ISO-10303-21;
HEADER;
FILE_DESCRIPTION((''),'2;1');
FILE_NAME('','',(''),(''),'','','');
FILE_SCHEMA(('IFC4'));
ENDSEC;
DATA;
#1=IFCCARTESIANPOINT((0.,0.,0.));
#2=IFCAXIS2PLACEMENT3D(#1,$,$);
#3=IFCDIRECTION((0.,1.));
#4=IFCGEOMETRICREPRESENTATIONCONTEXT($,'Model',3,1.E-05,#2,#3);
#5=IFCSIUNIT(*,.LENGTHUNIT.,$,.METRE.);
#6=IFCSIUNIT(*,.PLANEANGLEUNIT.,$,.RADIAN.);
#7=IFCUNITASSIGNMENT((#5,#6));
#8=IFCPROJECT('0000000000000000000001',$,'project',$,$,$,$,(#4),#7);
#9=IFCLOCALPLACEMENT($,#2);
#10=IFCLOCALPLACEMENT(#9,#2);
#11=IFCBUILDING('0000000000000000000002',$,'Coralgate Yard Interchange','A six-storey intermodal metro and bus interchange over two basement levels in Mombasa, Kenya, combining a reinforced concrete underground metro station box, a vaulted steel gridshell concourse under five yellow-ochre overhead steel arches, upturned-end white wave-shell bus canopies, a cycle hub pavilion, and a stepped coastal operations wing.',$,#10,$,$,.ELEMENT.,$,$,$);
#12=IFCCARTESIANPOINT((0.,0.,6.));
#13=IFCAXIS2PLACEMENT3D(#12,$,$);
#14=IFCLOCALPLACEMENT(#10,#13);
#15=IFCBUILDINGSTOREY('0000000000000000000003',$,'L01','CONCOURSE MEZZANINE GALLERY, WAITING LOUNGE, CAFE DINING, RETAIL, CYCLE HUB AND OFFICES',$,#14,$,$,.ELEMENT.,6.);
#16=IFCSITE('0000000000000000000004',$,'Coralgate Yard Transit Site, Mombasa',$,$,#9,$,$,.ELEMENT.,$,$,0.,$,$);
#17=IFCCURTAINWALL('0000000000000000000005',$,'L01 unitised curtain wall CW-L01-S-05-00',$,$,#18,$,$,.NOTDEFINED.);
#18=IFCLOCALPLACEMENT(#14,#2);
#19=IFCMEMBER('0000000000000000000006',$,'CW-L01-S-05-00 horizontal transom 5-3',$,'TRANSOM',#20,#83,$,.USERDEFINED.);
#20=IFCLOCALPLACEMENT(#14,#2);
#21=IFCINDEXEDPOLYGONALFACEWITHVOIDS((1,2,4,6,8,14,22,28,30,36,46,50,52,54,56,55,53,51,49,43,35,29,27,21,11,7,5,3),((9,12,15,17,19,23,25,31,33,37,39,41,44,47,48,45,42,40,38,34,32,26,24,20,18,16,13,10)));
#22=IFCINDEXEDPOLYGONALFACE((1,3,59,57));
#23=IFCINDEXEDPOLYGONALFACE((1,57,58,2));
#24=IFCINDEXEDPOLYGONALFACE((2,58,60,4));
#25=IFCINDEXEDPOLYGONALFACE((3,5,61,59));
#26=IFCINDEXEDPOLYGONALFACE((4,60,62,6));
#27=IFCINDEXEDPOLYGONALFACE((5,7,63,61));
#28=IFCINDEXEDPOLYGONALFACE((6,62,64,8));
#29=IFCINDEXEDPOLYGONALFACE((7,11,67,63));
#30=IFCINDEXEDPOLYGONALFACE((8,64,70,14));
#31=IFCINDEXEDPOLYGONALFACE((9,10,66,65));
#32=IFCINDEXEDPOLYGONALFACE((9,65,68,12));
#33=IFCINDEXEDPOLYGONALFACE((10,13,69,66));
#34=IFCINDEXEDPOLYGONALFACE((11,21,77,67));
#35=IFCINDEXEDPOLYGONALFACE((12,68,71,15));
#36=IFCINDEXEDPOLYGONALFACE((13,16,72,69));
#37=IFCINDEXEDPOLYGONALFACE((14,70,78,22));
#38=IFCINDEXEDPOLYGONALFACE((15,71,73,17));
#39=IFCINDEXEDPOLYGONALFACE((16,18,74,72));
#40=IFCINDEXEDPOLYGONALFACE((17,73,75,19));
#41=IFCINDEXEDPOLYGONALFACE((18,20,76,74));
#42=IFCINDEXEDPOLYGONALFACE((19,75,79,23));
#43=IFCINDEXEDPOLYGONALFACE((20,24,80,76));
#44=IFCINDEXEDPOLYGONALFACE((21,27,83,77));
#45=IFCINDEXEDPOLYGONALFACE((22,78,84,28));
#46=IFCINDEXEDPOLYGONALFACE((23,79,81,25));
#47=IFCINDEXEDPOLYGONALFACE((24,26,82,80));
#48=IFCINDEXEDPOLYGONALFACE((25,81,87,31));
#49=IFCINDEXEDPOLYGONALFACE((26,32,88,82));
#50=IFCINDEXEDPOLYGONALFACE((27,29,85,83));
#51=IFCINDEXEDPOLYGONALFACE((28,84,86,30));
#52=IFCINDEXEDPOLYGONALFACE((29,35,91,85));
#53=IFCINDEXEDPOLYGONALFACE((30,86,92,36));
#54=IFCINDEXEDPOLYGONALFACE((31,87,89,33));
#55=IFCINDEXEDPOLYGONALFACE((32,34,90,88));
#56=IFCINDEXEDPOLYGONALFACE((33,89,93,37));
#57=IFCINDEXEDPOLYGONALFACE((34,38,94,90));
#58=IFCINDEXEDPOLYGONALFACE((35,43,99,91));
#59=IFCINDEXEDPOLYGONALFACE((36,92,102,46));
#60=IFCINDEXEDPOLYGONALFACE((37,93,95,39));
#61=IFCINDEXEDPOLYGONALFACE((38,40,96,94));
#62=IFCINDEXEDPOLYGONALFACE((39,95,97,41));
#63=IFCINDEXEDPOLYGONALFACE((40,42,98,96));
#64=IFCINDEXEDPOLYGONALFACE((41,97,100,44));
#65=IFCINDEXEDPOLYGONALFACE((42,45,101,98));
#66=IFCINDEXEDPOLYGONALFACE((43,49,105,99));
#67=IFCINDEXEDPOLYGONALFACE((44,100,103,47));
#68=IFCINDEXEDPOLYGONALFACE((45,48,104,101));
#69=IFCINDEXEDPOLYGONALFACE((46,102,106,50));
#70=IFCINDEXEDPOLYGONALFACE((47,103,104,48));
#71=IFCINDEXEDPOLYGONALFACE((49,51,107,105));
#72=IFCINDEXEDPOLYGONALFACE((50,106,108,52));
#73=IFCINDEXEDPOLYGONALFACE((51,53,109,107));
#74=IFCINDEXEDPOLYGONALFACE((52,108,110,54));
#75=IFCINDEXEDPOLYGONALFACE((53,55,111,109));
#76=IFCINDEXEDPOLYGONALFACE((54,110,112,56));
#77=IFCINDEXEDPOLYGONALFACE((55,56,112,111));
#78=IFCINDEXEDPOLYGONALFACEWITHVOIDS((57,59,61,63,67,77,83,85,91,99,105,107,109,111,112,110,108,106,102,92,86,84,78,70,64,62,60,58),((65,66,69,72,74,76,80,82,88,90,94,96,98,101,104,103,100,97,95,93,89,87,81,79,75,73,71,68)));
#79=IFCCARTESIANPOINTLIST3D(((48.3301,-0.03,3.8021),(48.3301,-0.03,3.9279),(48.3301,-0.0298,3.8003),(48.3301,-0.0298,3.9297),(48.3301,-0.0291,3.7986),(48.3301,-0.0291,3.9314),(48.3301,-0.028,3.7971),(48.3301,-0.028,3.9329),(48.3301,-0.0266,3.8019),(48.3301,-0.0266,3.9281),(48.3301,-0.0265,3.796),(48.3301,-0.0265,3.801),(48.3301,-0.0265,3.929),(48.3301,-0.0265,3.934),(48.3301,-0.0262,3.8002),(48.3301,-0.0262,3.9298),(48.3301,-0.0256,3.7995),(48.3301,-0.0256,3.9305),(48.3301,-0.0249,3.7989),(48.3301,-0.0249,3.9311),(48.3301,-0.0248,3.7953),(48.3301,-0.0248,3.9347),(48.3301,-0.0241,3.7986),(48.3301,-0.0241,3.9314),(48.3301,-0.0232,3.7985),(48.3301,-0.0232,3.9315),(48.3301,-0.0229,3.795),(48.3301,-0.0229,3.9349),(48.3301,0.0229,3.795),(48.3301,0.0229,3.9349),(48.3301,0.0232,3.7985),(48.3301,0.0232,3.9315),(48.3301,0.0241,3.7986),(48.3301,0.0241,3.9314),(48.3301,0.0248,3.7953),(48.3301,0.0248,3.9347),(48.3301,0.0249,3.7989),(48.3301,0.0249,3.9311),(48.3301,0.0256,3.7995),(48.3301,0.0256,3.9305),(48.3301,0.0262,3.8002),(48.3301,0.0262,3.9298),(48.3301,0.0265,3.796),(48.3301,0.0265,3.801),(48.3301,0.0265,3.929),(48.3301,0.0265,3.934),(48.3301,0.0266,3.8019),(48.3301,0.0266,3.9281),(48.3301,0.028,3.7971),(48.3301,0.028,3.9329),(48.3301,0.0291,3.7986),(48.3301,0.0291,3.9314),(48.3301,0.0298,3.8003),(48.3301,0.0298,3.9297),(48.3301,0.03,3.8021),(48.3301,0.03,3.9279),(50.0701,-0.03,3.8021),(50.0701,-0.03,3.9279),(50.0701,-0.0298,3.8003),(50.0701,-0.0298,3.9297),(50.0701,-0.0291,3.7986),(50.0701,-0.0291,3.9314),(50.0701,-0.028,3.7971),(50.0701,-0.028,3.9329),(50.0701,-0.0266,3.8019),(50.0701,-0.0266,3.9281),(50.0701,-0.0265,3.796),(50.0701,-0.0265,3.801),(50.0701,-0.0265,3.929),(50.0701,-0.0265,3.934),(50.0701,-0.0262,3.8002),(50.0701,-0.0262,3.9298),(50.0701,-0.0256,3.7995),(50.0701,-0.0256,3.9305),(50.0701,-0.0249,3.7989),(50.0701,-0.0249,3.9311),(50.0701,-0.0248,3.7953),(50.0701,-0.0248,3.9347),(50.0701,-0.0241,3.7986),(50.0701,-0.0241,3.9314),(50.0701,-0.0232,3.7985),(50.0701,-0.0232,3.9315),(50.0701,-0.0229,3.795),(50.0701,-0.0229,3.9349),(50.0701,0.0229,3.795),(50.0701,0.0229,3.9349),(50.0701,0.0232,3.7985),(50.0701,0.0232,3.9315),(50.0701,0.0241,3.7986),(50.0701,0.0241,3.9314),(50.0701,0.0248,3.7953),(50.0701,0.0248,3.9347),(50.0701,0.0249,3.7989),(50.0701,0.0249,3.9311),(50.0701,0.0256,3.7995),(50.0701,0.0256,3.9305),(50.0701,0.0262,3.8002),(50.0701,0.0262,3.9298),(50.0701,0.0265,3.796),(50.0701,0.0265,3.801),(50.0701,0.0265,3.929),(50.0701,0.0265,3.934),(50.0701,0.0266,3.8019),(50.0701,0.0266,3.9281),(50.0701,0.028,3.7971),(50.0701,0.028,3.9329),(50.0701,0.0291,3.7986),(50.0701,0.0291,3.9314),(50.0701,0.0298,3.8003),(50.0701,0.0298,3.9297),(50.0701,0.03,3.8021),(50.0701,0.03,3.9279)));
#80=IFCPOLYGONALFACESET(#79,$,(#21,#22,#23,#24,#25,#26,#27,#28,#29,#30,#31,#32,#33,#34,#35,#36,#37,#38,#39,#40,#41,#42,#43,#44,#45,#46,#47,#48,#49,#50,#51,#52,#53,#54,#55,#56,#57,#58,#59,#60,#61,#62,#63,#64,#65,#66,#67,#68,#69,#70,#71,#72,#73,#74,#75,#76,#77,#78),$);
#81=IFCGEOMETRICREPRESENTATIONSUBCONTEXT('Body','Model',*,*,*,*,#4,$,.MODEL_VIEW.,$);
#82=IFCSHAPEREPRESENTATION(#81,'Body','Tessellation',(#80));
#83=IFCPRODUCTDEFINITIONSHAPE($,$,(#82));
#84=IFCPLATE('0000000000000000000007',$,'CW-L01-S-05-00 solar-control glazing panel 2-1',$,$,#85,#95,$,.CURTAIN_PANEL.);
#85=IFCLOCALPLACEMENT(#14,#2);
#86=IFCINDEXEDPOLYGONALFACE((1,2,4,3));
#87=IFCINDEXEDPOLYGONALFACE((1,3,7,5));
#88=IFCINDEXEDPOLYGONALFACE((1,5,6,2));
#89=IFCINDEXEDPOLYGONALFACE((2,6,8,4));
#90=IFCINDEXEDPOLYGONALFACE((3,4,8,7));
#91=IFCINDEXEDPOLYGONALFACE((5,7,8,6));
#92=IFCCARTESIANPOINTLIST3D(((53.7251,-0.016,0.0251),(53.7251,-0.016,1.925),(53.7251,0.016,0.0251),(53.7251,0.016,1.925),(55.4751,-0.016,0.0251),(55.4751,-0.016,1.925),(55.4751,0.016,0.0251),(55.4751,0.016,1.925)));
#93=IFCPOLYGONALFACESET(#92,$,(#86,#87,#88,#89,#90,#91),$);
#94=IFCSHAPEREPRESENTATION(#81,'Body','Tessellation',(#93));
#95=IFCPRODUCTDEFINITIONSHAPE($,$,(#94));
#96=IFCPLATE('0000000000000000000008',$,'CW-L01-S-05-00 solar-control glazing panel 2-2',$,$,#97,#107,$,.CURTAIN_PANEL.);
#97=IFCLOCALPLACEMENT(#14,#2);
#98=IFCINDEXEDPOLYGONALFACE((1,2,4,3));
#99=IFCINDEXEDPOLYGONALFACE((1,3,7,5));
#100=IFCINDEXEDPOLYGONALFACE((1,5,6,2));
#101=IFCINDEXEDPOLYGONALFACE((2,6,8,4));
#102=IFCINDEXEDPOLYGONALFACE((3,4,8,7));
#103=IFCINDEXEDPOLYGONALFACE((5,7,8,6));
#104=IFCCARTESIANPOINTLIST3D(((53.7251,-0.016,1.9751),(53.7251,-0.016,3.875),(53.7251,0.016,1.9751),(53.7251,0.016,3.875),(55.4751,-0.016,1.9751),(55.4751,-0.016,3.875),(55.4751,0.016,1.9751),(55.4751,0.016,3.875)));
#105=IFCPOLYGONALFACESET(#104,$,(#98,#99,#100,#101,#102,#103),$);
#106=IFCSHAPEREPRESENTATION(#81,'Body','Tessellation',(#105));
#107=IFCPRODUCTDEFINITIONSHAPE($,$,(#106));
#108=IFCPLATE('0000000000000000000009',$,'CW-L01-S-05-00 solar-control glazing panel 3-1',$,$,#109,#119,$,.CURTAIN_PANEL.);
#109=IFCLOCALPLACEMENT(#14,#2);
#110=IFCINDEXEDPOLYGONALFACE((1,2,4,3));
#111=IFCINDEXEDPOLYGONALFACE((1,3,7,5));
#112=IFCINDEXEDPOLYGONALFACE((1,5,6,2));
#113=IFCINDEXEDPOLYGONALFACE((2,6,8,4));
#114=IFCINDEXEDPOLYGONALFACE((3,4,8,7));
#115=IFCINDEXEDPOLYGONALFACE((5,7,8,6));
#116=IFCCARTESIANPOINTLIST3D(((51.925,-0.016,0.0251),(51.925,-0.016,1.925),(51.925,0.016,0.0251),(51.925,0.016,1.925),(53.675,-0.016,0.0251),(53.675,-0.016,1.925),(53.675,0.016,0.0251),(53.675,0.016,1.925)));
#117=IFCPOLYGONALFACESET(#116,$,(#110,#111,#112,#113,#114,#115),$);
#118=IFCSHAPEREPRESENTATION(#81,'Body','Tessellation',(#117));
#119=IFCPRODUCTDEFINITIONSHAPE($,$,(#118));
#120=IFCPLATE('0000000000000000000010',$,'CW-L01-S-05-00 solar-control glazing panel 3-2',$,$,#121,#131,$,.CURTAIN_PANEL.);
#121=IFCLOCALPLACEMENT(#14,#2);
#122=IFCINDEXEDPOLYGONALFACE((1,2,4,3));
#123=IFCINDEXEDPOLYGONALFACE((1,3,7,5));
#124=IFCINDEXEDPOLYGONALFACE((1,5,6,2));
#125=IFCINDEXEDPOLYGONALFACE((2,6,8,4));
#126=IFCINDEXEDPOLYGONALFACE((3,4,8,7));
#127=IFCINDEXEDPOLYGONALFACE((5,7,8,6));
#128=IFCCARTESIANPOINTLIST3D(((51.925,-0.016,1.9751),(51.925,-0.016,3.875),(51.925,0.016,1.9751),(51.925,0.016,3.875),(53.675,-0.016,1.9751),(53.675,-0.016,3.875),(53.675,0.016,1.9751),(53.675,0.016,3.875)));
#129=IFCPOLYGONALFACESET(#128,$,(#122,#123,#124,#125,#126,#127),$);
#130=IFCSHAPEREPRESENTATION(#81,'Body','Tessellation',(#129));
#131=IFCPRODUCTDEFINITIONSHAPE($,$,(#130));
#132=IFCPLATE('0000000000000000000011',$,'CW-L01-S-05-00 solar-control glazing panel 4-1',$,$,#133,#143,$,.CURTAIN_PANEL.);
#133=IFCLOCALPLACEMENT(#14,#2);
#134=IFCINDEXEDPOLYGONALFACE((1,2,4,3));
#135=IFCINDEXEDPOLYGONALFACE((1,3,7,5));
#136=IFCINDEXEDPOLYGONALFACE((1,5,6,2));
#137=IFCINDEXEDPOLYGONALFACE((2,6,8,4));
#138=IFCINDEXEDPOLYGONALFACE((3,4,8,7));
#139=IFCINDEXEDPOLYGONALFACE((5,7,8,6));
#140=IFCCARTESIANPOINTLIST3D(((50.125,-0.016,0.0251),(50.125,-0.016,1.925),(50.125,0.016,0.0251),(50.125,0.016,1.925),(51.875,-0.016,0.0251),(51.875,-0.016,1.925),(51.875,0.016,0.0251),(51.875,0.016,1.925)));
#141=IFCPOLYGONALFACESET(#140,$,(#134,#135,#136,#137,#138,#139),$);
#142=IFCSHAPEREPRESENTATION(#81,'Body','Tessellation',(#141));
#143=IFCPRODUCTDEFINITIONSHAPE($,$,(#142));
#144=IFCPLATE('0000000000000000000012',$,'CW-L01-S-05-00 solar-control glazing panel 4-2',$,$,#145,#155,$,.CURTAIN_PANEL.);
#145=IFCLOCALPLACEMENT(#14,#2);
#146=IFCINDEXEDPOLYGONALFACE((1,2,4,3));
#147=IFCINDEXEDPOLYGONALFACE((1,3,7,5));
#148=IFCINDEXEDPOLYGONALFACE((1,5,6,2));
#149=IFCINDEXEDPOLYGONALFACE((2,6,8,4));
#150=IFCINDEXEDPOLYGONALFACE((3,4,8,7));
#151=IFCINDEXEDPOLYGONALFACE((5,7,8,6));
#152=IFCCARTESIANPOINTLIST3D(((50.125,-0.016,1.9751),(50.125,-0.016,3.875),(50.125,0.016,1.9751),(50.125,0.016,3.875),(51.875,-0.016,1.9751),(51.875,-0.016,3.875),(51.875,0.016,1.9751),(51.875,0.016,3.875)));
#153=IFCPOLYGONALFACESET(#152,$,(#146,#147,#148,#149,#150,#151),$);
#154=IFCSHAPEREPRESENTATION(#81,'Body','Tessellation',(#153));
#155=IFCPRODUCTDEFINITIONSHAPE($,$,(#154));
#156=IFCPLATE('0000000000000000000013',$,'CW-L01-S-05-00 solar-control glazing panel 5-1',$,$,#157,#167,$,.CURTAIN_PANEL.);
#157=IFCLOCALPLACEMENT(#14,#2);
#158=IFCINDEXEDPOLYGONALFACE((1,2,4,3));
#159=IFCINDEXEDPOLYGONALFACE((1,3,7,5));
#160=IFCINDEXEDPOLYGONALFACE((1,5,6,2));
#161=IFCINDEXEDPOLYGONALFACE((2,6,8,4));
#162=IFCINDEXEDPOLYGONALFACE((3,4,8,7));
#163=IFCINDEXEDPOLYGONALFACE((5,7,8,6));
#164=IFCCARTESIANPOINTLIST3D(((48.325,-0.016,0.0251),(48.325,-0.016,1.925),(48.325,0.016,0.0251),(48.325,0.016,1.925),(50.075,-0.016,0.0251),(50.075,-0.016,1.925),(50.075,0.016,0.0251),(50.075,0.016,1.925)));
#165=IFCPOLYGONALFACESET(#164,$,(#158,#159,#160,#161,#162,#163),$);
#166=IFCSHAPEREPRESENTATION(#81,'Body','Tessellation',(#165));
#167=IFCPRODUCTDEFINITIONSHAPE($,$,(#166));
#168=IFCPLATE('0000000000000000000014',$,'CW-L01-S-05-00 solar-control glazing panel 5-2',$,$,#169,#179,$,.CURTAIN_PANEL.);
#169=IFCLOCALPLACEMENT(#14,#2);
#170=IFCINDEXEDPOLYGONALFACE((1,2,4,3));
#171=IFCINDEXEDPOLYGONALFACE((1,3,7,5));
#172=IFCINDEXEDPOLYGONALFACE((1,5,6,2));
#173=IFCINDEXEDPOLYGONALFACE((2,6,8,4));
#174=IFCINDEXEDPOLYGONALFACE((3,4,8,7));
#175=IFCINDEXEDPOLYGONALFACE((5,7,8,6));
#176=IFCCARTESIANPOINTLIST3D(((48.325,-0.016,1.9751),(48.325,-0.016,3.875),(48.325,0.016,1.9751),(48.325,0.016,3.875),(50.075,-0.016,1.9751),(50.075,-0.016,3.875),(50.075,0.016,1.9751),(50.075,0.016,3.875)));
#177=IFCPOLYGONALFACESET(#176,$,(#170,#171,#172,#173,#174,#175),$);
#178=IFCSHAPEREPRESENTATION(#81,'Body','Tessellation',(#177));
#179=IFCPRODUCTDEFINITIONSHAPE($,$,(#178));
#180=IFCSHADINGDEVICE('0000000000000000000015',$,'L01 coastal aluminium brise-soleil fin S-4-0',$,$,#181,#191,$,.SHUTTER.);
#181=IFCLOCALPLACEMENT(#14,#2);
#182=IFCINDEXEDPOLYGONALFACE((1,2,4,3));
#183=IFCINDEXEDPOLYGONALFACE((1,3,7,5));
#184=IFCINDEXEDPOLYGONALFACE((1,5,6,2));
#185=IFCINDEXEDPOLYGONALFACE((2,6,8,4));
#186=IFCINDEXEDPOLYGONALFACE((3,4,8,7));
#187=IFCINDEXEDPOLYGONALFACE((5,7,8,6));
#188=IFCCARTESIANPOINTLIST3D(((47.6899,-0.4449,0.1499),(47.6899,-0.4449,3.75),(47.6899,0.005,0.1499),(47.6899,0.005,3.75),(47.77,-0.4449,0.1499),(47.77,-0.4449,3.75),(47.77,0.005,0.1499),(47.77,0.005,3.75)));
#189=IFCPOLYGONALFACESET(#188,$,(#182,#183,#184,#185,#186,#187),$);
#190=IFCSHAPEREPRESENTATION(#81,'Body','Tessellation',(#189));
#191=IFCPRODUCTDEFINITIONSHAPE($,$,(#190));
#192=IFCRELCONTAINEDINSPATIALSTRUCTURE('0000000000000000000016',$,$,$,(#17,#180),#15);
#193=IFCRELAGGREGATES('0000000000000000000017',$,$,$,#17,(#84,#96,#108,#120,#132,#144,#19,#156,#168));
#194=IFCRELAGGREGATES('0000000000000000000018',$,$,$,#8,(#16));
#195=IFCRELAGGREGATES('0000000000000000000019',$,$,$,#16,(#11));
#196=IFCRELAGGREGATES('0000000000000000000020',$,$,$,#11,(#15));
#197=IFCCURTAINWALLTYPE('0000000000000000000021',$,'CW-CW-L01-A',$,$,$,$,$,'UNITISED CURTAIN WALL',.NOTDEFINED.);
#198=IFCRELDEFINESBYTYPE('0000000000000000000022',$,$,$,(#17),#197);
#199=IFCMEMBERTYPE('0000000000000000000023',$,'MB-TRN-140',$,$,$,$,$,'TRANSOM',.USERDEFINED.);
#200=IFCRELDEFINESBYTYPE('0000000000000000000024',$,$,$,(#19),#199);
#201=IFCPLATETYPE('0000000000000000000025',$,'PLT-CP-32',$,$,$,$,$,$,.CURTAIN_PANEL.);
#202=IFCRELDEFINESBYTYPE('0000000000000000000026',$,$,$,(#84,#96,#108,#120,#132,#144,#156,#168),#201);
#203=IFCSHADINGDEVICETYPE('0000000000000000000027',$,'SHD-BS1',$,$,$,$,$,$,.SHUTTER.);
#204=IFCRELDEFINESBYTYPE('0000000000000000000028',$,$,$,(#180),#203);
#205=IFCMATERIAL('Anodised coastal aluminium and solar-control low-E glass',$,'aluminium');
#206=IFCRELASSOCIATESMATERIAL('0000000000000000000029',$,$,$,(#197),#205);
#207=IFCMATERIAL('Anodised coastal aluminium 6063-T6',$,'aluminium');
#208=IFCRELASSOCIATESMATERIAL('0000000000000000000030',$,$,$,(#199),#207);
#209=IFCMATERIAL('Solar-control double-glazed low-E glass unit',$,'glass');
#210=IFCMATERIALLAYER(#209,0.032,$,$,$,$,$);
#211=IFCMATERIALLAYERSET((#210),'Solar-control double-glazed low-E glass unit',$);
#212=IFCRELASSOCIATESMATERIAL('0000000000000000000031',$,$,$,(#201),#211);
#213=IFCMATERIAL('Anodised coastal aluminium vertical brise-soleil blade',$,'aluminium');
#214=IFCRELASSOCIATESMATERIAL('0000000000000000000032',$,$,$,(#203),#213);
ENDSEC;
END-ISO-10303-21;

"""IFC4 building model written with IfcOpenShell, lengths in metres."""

from ifc_helpers import new_model, si_unit, direction, frame, origin, origin_2d, place, context, subcontext, project, spatial, rectangle, hollow_rectangle, extrude, material, layer, layer_set, material_profile, profile_set, type_object, element, aggregate, save


model = new_model("IFC4")

# Units and contexts
model_context = context("Model", 3, precision=1e-05, world=origin(), true_north=direction((0.0, 1.0)))
body_context = subcontext(model_context, "Body", "Model", "MODEL_VIEW")
ifc_project = project(units=[si_unit("LENGTHUNIT", "METRE"), si_unit("PLANEANGLEUNIT", "RADIAN")], contexts=[model_context])

# Site, building, storey
site_placement = place(None, origin())
site = spatial("IfcSite", under=ifc_project, at=site_placement, Name="Coralgate Yard Transit Site, Mombasa", CompositionType="ELEMENT", RefElevation=0.0)
building_placement = place(site_placement, origin())
building = spatial("IfcBuilding", under=site, at=building_placement, Name="Coralgate Yard Interchange", Description="A six-storey intermodal metro and bus interchange over two basement levels in Mombasa, Kenya, combining a reinforced concrete underground metro station box, a vaulted steel gridshell concourse under five yellow-ochre overhead steel arches, upturned-end white wave-shell bus canopies, a cycle hub pavilion, and a stepped coastal operations wing.", CompositionType="ELEMENT")
storey_placement = place(building_placement, frame((0.0, 0.0, 6.0)))
storey = spatial("IfcBuildingStorey", under=building, at=storey_placement, Name="L01", Description="CONCOURSE MEZZANINE GALLERY, WAITING LOUNGE, CAFE DINING, RETAIL, CYCLE HUB AND OFFICES", CompositionType="ELEMENT", Elevation=6.0)

# Curtain wall, member, plates
ifc_material_1 = material(Name="Anodised coastal aluminium and solar-control low-E glass", Category="aluminium")
curtain_wall_type = type_object("IfcCurtainWallType", Name="CW-CW-L01-A", ElementType="UNITISED CURTAIN WALL", PredefinedType="NOTDEFINED", material=ifc_material_1)
curtain_wall_placement = place(storey_placement, origin())
curtain_wall = element("IfcCurtainWall", 1, at=curtain_wall_placement, inside=storey, type_object=curtain_wall_type, Name="L01 unitised curtain wall CW-L01-S-05-00", PredefinedType="NOTDEFINED")
ifc_material_2 = material(Name="Anodised coastal aluminium 6063-T6", Category="aluminium")
ifc_material_profile_1 = material_profile(ifc_material_2, hollow_rectangle(XDim=0.0601, YDim=0.1399, WallThickness=0.0034, InnerFilletRadius=0.0034, OuterFilletRadius=0.0071, at=origin_2d()), Name="ALU 60x140x3.5")
ifc_profile_set_1 = profile_set([ifc_material_profile_1], Name="Anodised coastal aluminium 6063-T6")
member_type_1 = type_object("IfcMemberType", Name="MB-TRN-140", ElementType="TRANSOM", PredefinedType="USERDEFINED", material=ifc_profile_set_1)
member_1_placement = place(storey_placement, frame((50.0701, 0.0, 3.865), z_axis=(-1.0, 0.0, 0.0), x_axis=(0.0, -1.0, 0.0)))
member_1 = element("IfcMember", 2, at=member_1_placement, type_object=member_type_1, Name="CW-L01-S-05-00 horizontal transom 5-3", ObjectType="TRANSOM", PredefinedType="USERDEFINED", context=body_context, shape_type="SweptSolid", body=[
    extrude(hollow_rectangle(XDim=0.0601, YDim=0.1399, WallThickness=0.0034, InnerFilletRadius=0.0034, OuterFilletRadius=0.0071, at=origin_2d()), origin(), (0.0, 0.0, 1.0), 1.74),
])
ifc_material_3 = material(Name="Solar-control double-glazed low-E glass unit", Category="glass")
ifc_layer = layer(ifc_material_3, 0.032)
ifc_layer_set = layer_set([ifc_layer], Name="Solar-control double-glazed low-E glass unit")
plate_type = type_object("IfcPlateType", Name="PLT-CP-32", PredefinedType="CURTAIN_PANEL", material=ifc_layer_set)
plate_1_placement = place(storey_placement, frame((54.6001, 0.0, 0.0251), z_axis=(0.0, 0.0, 1.0), x_axis=(-1.0, 0.0, 0.0)))
plate_1 = element("IfcPlate", 3, at=plate_1_placement, type_object=plate_type, Name="CW-L01-S-05-00 solar-control glazing panel 2-1", PredefinedType="CURTAIN_PANEL", context=body_context, shape_type="SweptSolid", body=[
    extrude(rectangle(XDim=1.75, YDim=0.032, at=origin_2d()), origin(), (0.0, 0.0, 1.0), 1.8999),
])
plate_2_placement = place(storey_placement, frame((54.6001, 0.0, 1.9751), z_axis=(0.0, 0.0, 1.0), x_axis=(-1.0, 0.0, 0.0)))
plate_2 = element("IfcPlate", 4, at=plate_2_placement, type_object=plate_type, Name="CW-L01-S-05-00 solar-control glazing panel 2-2", PredefinedType="CURTAIN_PANEL", context=body_context, shape_type="SweptSolid", body=[
    extrude(rectangle(XDim=1.75, YDim=0.032, at=origin_2d()), origin(), (0.0, 0.0, 1.0), 1.8999),
])
plate_3_placement = place(storey_placement, frame((52.8, 0.0, 0.0251), z_axis=(0.0, 0.0, 1.0), x_axis=(-1.0, 0.0, 0.0)))
plate_3 = element("IfcPlate", 5, at=plate_3_placement, type_object=plate_type, Name="CW-L01-S-05-00 solar-control glazing panel 3-1", PredefinedType="CURTAIN_PANEL", context=body_context, shape_type="SweptSolid", body=[
    extrude(rectangle(XDim=1.75, YDim=0.032, at=origin_2d()), origin(), (0.0, 0.0, 1.0), 1.8999),
])
plate_4_placement = place(storey_placement, frame((52.8, 0.0, 1.9751), z_axis=(0.0, 0.0, 1.0), x_axis=(-1.0, 0.0, 0.0)))
plate_4 = element("IfcPlate", 6, at=plate_4_placement, type_object=plate_type, Name="CW-L01-S-05-00 solar-control glazing panel 3-2", PredefinedType="CURTAIN_PANEL", context=body_context, shape_type="SweptSolid", body=[
    extrude(rectangle(XDim=1.75, YDim=0.032, at=origin_2d()), origin(), (0.0, 0.0, 1.0), 1.8999),
])
plate_5_placement = place(storey_placement, frame((51.0, 0.0, 0.0251), z_axis=(0.0, 0.0, 1.0), x_axis=(-1.0, 0.0, 0.0)))
plate_5 = element("IfcPlate", 7, at=plate_5_placement, type_object=plate_type, Name="CW-L01-S-05-00 solar-control glazing panel 4-1", PredefinedType="CURTAIN_PANEL", context=body_context, shape_type="SweptSolid", body=[
    extrude(rectangle(XDim=1.75, YDim=0.032, at=origin_2d()), origin(), (0.0, 0.0, 1.0), 1.8999),
])
plate_6_placement = place(storey_placement, frame((51.0, 0.0, 1.9751), z_axis=(0.0, 0.0, 1.0), x_axis=(-1.0, 0.0, 0.0)))
plate_6 = element("IfcPlate", 8, at=plate_6_placement, type_object=plate_type, Name="CW-L01-S-05-00 solar-control glazing panel 4-2", PredefinedType="CURTAIN_PANEL", context=body_context, shape_type="SweptSolid", body=[
    extrude(rectangle(XDim=1.75, YDim=0.032, at=origin_2d()), origin(), (0.0, 0.0, 1.0), 1.8999),
])
plate_7_placement = place(storey_placement, frame((49.2, 0.0, 0.0251), z_axis=(0.0, 0.0, 1.0), x_axis=(-1.0, 0.0, 0.0)))
plate_7 = element("IfcPlate", 9, at=plate_7_placement, type_object=plate_type, Name="CW-L01-S-05-00 solar-control glazing panel 5-1", PredefinedType="CURTAIN_PANEL", context=body_context, shape_type="SweptSolid", body=[
    extrude(rectangle(XDim=1.75, YDim=0.032, at=origin_2d()), origin(), (0.0, 0.0, 1.0), 1.8999),
])
plate_8_placement = place(storey_placement, frame((49.2, 0.0, 1.9751), z_axis=(0.0, 0.0, 1.0), x_axis=(-1.0, 0.0, 0.0)))
plate_8 = element("IfcPlate", 10, at=plate_8_placement, type_object=plate_type, Name="CW-L01-S-05-00 solar-control glazing panel 5-2", PredefinedType="CURTAIN_PANEL", context=body_context, shape_type="SweptSolid", body=[
    extrude(rectangle(XDim=1.75, YDim=0.032, at=origin_2d()), origin(), (0.0, 0.0, 1.0), 1.8999),
])
aggregate(curtain_wall, [plate_1, plate_2, plate_3, plate_4, plate_5, plate_6, member_1, plate_7, plate_8])

# Shading device
ifc_material_4 = material(Name="Anodised coastal aluminium vertical brise-soleil blade", Category="aluminium")
shading_device_type = type_object("IfcShadingDeviceType", Name="SHD-BS1", PredefinedType="SHUTTER", material=ifc_material_4)
shading_device_placement = place(storey_placement, frame((47.73, -0.22, 0.1499), z_axis=(0.0, 0.0, 1.0), x_axis=(-1.0, 0.0, 0.0)))
element("IfcShadingDevice", 11, at=shading_device_placement, inside=storey, type_object=shading_device_type, Name="L01 coastal aluminium brise-soleil fin S-4-0", PredefinedType="SHUTTER", context=body_context, shape_type="SweptSolid", body=[
    extrude(rectangle(XDim=0.0801, YDim=0.45, at=origin_2d()), origin(), (0.0, 0.0, 1.0), 3.6001),
])

save(model, "model.ifc")
